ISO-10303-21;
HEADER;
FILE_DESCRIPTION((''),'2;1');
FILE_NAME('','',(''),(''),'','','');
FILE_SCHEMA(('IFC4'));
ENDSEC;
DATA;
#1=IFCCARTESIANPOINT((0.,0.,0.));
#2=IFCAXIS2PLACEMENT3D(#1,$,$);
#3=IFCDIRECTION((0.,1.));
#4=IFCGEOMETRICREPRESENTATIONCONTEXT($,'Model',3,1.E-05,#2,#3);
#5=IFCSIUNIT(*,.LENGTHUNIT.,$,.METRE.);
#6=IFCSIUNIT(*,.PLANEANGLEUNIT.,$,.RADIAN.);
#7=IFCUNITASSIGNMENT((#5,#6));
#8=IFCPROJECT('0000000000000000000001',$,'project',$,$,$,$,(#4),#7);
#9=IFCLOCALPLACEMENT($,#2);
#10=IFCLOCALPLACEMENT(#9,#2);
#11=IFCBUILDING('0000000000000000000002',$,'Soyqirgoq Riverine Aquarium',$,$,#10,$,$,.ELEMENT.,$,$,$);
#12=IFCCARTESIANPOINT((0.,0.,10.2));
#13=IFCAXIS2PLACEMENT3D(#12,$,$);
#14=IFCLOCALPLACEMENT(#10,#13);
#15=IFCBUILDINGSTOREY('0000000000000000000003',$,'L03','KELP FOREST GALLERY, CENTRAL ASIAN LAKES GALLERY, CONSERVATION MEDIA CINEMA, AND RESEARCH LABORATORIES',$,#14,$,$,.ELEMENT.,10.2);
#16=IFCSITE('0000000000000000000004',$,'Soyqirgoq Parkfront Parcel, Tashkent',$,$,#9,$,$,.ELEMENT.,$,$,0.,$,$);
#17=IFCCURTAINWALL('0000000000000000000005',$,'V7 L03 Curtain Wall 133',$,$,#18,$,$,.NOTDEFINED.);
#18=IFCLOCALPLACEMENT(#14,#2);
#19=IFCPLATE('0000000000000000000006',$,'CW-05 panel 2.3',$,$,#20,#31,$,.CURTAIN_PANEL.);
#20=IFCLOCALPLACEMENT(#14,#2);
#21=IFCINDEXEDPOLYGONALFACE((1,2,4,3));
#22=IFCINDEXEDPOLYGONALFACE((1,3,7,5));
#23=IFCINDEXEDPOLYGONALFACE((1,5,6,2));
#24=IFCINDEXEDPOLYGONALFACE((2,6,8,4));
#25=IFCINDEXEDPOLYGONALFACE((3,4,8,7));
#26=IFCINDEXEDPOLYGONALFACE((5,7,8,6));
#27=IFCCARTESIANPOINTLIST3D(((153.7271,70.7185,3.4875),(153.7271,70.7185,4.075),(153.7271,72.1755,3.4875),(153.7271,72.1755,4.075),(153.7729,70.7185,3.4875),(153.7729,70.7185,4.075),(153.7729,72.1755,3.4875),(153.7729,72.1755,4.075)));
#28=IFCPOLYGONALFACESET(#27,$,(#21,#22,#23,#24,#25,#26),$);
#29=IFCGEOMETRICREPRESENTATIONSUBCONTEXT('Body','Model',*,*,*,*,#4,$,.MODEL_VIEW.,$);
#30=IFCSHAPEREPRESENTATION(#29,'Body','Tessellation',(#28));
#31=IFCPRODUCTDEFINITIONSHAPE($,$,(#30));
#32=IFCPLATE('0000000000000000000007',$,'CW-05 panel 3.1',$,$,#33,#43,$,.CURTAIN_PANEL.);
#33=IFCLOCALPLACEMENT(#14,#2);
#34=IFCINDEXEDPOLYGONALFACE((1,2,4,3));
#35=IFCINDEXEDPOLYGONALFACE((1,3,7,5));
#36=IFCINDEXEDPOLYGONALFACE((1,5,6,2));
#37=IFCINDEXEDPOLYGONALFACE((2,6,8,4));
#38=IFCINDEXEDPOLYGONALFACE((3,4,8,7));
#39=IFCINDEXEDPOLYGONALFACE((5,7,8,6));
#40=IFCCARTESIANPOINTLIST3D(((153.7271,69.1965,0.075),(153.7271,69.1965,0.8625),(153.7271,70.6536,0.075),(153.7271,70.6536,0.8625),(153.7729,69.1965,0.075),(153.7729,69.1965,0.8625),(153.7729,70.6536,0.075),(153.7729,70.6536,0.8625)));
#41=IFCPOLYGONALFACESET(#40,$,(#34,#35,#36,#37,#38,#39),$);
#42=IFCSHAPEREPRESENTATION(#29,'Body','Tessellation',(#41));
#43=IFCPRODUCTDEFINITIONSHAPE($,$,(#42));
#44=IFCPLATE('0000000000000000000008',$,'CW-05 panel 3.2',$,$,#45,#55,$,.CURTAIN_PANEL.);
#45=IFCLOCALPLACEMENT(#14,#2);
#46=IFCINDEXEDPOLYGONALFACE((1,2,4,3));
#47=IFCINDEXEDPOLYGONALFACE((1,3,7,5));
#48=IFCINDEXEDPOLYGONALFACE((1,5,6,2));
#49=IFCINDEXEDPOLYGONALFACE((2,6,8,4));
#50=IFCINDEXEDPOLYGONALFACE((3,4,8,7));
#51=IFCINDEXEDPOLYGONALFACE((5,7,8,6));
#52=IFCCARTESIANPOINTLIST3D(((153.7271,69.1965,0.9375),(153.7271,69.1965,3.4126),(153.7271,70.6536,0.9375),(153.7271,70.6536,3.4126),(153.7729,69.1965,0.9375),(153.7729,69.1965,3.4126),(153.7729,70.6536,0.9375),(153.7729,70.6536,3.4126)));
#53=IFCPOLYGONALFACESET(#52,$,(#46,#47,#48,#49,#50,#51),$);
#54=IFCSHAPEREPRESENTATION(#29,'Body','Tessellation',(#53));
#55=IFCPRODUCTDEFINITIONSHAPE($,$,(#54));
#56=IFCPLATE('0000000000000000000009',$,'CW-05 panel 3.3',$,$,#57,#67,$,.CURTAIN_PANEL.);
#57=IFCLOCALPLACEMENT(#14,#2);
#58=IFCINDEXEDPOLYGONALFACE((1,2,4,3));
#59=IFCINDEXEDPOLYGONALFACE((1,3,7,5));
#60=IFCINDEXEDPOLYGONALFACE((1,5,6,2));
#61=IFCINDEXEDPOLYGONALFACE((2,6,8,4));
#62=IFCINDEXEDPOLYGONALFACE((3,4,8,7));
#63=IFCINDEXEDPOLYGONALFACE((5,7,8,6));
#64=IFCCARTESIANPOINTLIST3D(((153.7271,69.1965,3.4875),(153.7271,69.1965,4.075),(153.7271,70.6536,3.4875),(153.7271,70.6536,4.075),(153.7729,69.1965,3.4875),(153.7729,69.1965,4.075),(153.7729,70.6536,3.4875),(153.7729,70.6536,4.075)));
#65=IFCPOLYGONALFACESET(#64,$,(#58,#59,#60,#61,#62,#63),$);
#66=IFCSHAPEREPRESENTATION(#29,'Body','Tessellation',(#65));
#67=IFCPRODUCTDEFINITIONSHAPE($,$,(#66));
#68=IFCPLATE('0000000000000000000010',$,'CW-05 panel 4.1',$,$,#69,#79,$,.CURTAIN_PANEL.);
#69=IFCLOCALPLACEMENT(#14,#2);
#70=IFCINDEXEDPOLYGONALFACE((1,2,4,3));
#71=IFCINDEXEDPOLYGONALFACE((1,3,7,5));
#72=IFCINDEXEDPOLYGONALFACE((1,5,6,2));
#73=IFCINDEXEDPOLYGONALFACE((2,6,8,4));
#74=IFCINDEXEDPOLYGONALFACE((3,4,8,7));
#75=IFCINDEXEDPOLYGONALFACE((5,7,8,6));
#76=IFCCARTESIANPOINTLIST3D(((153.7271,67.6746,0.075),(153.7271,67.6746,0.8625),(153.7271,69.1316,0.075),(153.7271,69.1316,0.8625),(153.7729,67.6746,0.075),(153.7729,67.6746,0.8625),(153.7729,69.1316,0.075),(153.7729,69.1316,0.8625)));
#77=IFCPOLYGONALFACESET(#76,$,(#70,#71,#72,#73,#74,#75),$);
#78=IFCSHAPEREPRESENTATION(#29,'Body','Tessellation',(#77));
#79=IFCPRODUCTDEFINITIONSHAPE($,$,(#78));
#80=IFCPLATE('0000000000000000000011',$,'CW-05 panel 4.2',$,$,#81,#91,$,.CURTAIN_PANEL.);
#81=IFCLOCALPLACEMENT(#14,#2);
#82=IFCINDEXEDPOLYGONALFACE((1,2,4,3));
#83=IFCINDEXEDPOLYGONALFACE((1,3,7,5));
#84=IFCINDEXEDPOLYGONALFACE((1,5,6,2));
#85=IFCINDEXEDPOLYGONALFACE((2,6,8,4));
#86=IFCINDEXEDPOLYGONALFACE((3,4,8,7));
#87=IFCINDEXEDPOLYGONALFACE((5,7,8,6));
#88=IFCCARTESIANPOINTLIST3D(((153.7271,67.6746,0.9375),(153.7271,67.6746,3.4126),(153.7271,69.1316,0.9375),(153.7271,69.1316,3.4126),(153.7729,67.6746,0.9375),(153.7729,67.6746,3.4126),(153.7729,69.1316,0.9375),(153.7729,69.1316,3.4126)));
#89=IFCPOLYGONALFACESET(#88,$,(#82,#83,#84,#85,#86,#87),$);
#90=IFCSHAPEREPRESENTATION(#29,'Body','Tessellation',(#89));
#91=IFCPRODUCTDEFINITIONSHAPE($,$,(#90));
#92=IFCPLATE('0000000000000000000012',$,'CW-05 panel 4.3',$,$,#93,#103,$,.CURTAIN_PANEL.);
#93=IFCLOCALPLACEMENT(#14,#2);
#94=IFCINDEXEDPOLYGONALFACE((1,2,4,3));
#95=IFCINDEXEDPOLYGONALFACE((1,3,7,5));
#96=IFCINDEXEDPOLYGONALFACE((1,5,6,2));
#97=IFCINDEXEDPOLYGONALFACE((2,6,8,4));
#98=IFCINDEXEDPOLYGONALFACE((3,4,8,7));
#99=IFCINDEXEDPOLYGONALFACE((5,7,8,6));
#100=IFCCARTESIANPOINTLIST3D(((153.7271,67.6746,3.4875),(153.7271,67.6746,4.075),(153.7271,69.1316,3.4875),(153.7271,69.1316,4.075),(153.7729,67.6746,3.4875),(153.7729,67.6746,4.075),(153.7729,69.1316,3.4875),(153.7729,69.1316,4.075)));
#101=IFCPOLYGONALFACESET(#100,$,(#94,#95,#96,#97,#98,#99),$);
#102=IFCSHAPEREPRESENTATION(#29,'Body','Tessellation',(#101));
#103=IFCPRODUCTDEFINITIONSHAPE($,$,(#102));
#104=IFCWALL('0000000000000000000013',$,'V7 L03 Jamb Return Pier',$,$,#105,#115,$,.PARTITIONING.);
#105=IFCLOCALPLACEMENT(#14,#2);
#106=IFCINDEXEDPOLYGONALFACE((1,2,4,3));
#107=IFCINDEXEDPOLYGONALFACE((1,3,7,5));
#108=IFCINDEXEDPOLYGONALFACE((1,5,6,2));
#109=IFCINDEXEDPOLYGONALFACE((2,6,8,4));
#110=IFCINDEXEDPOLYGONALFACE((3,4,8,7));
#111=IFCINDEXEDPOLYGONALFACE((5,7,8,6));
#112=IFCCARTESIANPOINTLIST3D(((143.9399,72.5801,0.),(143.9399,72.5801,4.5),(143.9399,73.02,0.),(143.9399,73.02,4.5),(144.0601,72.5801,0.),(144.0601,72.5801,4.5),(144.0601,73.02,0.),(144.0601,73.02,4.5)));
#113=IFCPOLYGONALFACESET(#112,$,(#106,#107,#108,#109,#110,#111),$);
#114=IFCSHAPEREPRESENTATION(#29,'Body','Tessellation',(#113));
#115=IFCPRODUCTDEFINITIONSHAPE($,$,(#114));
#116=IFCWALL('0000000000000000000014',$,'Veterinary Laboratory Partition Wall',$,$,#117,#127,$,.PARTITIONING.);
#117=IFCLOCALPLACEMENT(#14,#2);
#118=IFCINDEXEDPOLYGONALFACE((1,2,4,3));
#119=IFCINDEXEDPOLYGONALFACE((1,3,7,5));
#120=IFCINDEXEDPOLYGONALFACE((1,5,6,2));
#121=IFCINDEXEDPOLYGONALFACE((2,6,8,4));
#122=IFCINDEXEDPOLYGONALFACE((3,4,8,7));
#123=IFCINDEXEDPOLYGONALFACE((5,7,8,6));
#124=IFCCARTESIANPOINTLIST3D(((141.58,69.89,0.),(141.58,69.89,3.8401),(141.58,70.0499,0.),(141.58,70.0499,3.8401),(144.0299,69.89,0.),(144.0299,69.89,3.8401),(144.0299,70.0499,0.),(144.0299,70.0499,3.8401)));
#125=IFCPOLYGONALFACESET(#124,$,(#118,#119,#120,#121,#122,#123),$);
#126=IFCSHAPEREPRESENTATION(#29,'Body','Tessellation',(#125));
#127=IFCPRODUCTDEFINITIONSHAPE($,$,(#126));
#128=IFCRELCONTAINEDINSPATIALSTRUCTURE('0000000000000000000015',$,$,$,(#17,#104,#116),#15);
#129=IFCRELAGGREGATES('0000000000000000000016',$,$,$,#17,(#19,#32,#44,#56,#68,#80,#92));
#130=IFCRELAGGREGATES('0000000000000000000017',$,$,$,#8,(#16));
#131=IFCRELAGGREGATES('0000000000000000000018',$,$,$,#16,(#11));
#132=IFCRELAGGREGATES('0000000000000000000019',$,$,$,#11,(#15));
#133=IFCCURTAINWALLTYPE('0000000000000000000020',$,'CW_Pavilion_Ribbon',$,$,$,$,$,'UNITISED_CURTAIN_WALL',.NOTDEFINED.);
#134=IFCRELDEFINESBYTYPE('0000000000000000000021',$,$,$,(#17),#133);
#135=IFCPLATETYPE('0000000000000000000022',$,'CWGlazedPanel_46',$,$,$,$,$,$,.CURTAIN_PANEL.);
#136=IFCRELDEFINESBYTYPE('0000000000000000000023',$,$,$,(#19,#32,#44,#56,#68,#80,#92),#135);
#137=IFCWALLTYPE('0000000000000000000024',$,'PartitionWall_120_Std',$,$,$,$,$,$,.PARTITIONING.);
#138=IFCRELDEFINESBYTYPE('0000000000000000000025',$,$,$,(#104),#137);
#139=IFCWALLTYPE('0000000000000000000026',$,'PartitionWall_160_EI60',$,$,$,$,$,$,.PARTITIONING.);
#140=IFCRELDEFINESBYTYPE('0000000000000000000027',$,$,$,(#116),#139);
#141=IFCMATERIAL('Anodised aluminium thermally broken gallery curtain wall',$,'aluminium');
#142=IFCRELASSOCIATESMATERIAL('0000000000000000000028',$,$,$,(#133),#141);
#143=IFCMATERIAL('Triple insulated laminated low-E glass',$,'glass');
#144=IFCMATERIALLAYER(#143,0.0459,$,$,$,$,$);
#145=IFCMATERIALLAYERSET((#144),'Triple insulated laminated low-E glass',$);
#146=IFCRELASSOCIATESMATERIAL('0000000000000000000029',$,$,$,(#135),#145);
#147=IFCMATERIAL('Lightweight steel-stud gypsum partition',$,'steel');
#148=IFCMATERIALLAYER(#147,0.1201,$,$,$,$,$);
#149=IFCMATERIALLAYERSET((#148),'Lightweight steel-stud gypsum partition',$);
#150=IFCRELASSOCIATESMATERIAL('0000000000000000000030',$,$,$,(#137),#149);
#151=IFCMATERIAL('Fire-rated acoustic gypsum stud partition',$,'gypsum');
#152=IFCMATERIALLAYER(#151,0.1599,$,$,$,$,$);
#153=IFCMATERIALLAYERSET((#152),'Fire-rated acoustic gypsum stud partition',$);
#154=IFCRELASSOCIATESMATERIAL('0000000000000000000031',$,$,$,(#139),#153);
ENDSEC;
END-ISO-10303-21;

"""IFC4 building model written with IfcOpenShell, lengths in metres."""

from ifc_helpers import new_model, si_unit, direction, frame, frame_2d, origin, origin_2d, place, context, subcontext, project, spatial, rectangle, extrude, material, layer, layer_set, type_object, element, aggregate, save


model = new_model("IFC4")

# Units and contexts
model_context = context("Model", 3, precision=1e-05, world=origin(), true_north=direction((0.0, 1.0)))
body_context = subcontext(model_context, "Body", "Model", "MODEL_VIEW")
ifc_project = project(units=[si_unit("LENGTHUNIT", "METRE"), si_unit("PLANEANGLEUNIT", "RADIAN")], contexts=[model_context])

# Site, building, storey
site_placement = place(None, origin())
site = spatial("IfcSite", under=ifc_project, at=site_placement, Name="Soyqirgoq Parkfront Parcel, Tashkent", CompositionType="ELEMENT", RefElevation=0.0)
building_placement = place(site_placement, origin())
building = spatial("IfcBuilding", under=site, at=building_placement, Name="Soyqirgoq Riverine Aquarium", CompositionType="ELEMENT")
storey_placement = place(building_placement, frame((0.0, 0.0, 10.2)))
storey = spatial("IfcBuildingStorey", under=building, at=storey_placement, Name="L03", Description="KELP FOREST GALLERY, CENTRAL ASIAN LAKES GALLERY, CONSERVATION MEDIA CINEMA, AND RESEARCH LABORATORIES", CompositionType="ELEMENT", Elevation=10.2)

# Curtain wall
ifc_material_1 = material(Name="Anodised aluminium thermally broken gallery curtain wall", Category="aluminium")
curtain_wall_type = type_object("IfcCurtainWallType", Name="CW_Pavilion_Ribbon", ElementType="UNITISED_CURTAIN_WALL", PredefinedType="NOTDEFINED", material=ifc_material_1)
curtain_wall_placement = place(storey_placement, origin())
curtain_wall = element("IfcCurtainWall", 1, at=curtain_wall_placement, inside=storey, type_object=curtain_wall_type, Name="V7 L03 Curtain Wall 133", PredefinedType="NOTDEFINED")

# Plates
ifc_material_2 = material(Name="Triple insulated laminated low-E glass", Category="glass")
ifc_layer_1 = layer(ifc_material_2, 0.0459)
ifc_layer_set_1 = layer_set([ifc_layer_1], Name="Triple insulated laminated low-E glass")
plate_type = type_object("IfcPlateType", Name="CWGlazedPanel_46", PredefinedType="CURTAIN_PANEL", material=ifc_layer_set_1)
plate_1_placement = place(storey_placement, frame((153.75, 71.447, 3.4875), z_axis=(0.0, 0.0, 1.0), x_axis=(0.0, -1.0, 0.0)))
plate_1 = element("IfcPlate", 2, at=plate_1_placement, type_object=plate_type, Name="CW-05 panel 2.3", PredefinedType="CURTAIN_PANEL", context=body_context, shape_type="SweptSolid", body=[
    extrude(rectangle(XDim=1.457, YDim=0.0459, at=origin_2d()), origin(), (0.0, 0.0, 1.0), 0.5874),
])
plate_2_placement = place(storey_placement, frame((153.75, 69.925, 0.075), z_axis=(0.0, 0.0, 1.0), x_axis=(0.0, -1.0, 0.0)))
plate_2 = element("IfcPlate", 3, at=plate_2_placement, type_object=plate_type, Name="CW-05 panel 3.1", PredefinedType="CURTAIN_PANEL", context=body_context, shape_type="SweptSolid", body=[
    extrude(rectangle(XDim=1.457, YDim=0.0459, at=origin_2d()), origin(), (0.0, 0.0, 1.0), 0.7876),
])
plate_3_placement = place(storey_placement, frame((153.75, 69.925, 0.9375), z_axis=(0.0, 0.0, 1.0), x_axis=(0.0, -1.0, 0.0)))
plate_3 = element("IfcPlate", 4, at=plate_3_placement, type_object=plate_type, Name="CW-05 panel 3.2", PredefinedType="CURTAIN_PANEL", context=body_context, shape_type="SweptSolid", body=[
    extrude(rectangle(XDim=1.457, YDim=0.0459, at=origin_2d()), origin(), (0.0, 0.0, 1.0), 2.4751),
])
plate_4_placement = place(storey_placement, frame((153.75, 69.925, 3.4875), z_axis=(0.0, 0.0, 1.0), x_axis=(0.0, -1.0, 0.0)))
plate_4 = element("IfcPlate", 5, at=plate_4_placement, type_object=plate_type, Name="CW-05 panel 3.3", PredefinedType="CURTAIN_PANEL", context=body_context, shape_type="SweptSolid", body=[
    extrude(rectangle(XDim=1.457, YDim=0.0459, at=origin_2d()), origin(), (0.0, 0.0, 1.0), 0.5874),
])
plate_5_placement = place(storey_placement, frame((153.75, 68.4031, 0.075), z_axis=(0.0, 0.0, 1.0), x_axis=(0.0, -1.0, 0.0)))
plate_5 = element("IfcPlate", 6, at=plate_5_placement, type_object=plate_type, Name="CW-05 panel 4.1", PredefinedType="CURTAIN_PANEL", context=body_context, shape_type="SweptSolid", body=[
    extrude(rectangle(XDim=1.457, YDim=0.0459, at=origin_2d()), origin(), (0.0, 0.0, 1.0), 0.7876),
])
plate_6_placement = place(storey_placement, frame((153.75, 68.4031, 0.9375), z_axis=(0.0, 0.0, 1.0), x_axis=(0.0, -1.0, 0.0)))
plate_6 = element("IfcPlate", 7, at=plate_6_placement, type_object=plate_type, Name="CW-05 panel 4.2", PredefinedType="CURTAIN_PANEL", context=body_context, shape_type="SweptSolid", body=[
    extrude(rectangle(XDim=1.457, YDim=0.0459, at=origin_2d()), origin(), (0.0, 0.0, 1.0), 2.4751),
])
plate_7_placement = place(storey_placement, frame((153.75, 68.4031, 3.4875), z_axis=(0.0, 0.0, 1.0), x_axis=(0.0, -1.0, 0.0)))
plate_7 = element("IfcPlate", 8, at=plate_7_placement, type_object=plate_type, Name="CW-05 panel 4.3", PredefinedType="CURTAIN_PANEL", context=body_context, shape_type="SweptSolid", body=[
    extrude(rectangle(XDim=1.457, YDim=0.0459, at=origin_2d()), origin(), (0.0, 0.0, 1.0), 0.5874),
])
aggregate(curtain_wall, [plate_1, plate_2, plate_3, plate_4, plate_5, plate_6, plate_7])

# Walls
ifc_material_3 = material(Name="Lightweight steel-stud gypsum partition", Category="steel")
ifc_layer_2 = layer(ifc_material_3, 0.1201)
ifc_layer_set_2 = layer_set([ifc_layer_2], Name="Lightweight steel-stud gypsum partition")
wall_type_1 = type_object("IfcWallType", Name="PartitionWall_120_Std", PredefinedType="PARTITIONING", material=ifc_layer_set_2)
wall_1_placement = place(storey_placement, frame((144.0, 73.02, 0.0), z_axis=(0.0, 0.0, 1.0), x_axis=(0.0, -1.0, 0.0)))
element("IfcWall", 9, at=wall_1_placement, inside=storey, type_object=wall_type_1, Name="V7 L03 Jamb Return Pier", PredefinedType="PARTITIONING", context=body_context, shape_type="SweptSolid", body=[
    extrude(rectangle(XDim=0.4399, YDim=0.1201, at=frame_2d((0.22, 0.0))), origin(), (0.0, 0.0, 1.0), 4.5),
])
ifc_material_4 = material(Name="Fire-rated acoustic gypsum stud partition", Category="gypsum")
ifc_layer_3 = layer(ifc_material_4, 0.1599)
ifc_layer_set_3 = layer_set([ifc_layer_3], Name="Fire-rated acoustic gypsum stud partition")
wall_type_2 = type_object("IfcWallType", Name="PartitionWall_160_EI60", PredefinedType="PARTITIONING", material=ifc_layer_set_3)
wall_2_placement = place(storey_placement, frame((144.03, 69.97, 0.0), z_axis=(0.0, 0.0, 1.0), x_axis=(-1.0, 0.0, 0.0)))
element("IfcWall", 10, at=wall_2_placement, inside=storey, type_object=wall_type_2, Name="Veterinary Laboratory Partition Wall", PredefinedType="PARTITIONING", context=body_context, shape_type="SweptSolid", body=[
    extrude(rectangle(XDim=2.45, YDim=0.1599, at=frame_2d((1.2251, 0.0))), origin(), (0.0, 0.0, 1.0), 3.8401),
])

save(model, "model.ifc")
